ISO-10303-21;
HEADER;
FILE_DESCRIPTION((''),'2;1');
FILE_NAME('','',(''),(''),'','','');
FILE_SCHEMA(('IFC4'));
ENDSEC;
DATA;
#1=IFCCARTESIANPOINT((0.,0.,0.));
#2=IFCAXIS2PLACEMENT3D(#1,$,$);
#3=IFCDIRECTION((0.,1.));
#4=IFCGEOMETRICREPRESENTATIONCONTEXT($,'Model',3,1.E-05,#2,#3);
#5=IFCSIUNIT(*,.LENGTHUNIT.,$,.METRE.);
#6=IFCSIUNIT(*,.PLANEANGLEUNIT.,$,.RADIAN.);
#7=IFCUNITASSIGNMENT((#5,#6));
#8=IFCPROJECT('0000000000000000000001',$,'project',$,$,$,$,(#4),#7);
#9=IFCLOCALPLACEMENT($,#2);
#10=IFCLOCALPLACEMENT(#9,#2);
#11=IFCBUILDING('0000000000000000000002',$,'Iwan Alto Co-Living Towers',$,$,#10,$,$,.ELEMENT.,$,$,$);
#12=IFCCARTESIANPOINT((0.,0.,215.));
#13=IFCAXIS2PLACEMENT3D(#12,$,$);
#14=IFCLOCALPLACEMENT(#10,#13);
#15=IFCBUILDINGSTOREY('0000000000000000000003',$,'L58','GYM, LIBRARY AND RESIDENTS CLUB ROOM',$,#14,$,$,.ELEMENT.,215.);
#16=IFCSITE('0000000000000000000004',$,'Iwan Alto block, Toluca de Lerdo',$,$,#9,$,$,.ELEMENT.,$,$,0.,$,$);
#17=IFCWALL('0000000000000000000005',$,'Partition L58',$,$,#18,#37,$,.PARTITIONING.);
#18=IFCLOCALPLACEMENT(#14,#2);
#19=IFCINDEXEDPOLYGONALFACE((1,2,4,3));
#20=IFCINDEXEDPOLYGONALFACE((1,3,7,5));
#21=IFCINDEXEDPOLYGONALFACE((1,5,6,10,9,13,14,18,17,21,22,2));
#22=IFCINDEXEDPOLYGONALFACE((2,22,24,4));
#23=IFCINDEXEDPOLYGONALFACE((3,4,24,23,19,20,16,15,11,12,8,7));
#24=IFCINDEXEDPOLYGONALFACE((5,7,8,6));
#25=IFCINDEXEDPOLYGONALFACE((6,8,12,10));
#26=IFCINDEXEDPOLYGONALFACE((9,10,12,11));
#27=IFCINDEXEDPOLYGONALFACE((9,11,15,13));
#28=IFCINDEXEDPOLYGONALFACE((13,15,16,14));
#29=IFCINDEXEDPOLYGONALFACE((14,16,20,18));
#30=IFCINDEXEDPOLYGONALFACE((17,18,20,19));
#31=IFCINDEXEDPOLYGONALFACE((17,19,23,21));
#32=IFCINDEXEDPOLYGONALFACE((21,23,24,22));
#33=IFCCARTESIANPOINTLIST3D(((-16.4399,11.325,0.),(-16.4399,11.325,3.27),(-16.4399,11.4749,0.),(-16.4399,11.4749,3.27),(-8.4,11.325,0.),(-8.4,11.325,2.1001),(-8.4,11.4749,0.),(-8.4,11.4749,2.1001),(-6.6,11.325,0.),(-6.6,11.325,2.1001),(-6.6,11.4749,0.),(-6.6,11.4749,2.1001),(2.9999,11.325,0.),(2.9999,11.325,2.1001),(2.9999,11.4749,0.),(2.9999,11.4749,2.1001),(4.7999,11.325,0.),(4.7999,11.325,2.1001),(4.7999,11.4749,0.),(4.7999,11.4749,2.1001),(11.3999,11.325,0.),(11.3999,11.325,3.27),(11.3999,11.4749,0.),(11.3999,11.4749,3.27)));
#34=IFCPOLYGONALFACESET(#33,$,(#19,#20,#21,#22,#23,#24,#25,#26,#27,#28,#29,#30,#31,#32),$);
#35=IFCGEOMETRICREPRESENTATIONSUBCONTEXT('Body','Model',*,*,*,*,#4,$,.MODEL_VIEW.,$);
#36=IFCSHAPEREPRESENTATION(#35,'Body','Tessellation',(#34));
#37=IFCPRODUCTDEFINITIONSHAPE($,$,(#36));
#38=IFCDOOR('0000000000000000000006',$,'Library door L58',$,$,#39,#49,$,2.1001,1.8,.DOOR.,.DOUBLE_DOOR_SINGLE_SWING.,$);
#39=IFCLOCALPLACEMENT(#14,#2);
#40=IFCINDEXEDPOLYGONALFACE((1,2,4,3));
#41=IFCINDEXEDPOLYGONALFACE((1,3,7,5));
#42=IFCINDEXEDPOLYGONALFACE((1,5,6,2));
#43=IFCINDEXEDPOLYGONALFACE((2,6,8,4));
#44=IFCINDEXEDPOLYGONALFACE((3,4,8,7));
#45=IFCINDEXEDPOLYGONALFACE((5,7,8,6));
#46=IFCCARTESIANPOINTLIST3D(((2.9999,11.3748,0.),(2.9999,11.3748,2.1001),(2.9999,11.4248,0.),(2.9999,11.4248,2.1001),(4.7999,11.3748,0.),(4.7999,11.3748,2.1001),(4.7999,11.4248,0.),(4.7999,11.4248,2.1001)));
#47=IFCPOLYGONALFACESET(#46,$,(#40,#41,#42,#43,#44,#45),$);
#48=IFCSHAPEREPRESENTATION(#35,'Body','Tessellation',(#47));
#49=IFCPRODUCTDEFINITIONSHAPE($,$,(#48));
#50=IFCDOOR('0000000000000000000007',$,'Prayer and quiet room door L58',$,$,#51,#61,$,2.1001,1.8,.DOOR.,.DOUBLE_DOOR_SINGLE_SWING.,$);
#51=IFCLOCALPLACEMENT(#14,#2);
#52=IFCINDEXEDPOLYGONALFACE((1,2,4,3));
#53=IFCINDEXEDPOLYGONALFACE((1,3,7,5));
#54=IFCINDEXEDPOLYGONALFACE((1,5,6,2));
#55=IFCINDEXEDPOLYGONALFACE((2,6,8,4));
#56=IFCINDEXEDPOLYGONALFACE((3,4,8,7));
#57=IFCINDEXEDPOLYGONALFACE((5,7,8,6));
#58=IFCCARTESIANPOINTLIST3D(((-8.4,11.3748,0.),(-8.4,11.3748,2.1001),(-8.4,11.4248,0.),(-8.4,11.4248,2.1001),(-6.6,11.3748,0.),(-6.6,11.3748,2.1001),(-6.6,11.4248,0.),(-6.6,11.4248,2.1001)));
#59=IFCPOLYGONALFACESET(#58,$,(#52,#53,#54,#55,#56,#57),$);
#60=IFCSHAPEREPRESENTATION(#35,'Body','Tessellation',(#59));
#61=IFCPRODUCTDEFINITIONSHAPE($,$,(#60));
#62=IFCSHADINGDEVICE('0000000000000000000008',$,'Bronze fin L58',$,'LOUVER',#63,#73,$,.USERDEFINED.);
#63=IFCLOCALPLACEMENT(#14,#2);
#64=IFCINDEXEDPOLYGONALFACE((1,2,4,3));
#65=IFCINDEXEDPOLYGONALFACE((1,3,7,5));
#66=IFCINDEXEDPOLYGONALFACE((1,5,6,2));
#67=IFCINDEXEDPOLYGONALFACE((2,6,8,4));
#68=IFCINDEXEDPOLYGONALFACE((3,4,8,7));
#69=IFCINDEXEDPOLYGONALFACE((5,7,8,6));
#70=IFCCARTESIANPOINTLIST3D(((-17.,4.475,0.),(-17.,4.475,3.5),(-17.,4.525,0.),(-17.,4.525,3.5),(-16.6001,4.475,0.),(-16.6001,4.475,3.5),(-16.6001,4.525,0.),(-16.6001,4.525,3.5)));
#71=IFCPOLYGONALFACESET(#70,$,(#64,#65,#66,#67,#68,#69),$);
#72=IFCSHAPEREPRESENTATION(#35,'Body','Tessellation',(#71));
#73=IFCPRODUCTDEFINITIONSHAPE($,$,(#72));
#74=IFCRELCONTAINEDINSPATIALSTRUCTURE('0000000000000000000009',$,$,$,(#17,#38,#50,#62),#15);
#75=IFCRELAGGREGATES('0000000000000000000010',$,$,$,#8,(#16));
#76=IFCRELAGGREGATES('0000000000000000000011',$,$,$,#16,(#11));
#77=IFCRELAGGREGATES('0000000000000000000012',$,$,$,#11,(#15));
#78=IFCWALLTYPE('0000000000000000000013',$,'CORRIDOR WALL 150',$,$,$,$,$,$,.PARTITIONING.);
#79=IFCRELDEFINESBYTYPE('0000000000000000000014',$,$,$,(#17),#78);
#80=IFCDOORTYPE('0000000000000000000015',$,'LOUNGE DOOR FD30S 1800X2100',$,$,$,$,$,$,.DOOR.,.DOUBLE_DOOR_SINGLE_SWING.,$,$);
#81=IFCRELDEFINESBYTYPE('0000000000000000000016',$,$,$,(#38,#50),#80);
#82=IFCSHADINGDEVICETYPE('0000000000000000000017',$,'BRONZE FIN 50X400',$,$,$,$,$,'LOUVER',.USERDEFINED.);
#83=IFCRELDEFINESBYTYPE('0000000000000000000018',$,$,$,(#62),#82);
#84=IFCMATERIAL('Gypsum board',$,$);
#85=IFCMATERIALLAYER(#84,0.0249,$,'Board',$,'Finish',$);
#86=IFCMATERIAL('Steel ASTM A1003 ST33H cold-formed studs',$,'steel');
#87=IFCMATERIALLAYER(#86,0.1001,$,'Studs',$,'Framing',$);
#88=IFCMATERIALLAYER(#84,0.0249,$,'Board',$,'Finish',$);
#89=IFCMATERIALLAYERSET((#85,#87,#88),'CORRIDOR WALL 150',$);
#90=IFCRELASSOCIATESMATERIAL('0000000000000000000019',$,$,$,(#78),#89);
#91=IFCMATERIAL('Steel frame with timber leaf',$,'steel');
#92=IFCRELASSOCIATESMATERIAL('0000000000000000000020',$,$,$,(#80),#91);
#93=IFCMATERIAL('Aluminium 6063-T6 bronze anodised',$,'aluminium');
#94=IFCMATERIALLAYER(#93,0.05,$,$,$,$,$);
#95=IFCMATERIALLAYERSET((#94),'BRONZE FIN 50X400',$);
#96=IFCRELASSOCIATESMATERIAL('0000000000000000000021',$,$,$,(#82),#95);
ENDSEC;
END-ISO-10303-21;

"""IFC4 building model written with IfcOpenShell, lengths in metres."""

from ifc_helpers import new_model, si_unit, direction, frame, frame_2d, origin, origin_2d, place, context, subcontext, project, spatial, rectangle, extrude, material, layer, layer_set, type_object, element, fill, save


model = new_model("IFC4")

# Units and contexts
model_context = context("Model", 3, precision=1e-05, world=origin(), true_north=direction((0.0, 1.0)))
body_context = subcontext(model_context, "Body", "Model", "MODEL_VIEW")
ifc_project = project(units=[si_unit("LENGTHUNIT", "METRE"), si_unit("PLANEANGLEUNIT", "RADIAN")], contexts=[model_context])

# Site, building, storey
site_placement = place(None, origin())
site = spatial("IfcSite", under=ifc_project, at=site_placement, Name="Iwan Alto block, Toluca de Lerdo", CompositionType="ELEMENT", RefElevation=0.0)
building_placement = place(site_placement, origin())
building = spatial("IfcBuilding", under=site, at=building_placement, Name="Iwan Alto Co-Living Towers", CompositionType="ELEMENT")
storey_placement = place(building_placement, frame((0.0, 0.0, 215.0)))
storey = spatial("IfcBuildingStorey", under=building, at=storey_placement, Name="L58", Description="GYM, LIBRARY AND RESIDENTS CLUB ROOM", CompositionType="ELEMENT", Elevation=215.0)

# Wall, openings, doors
ifc_material_1 = material(Name="Gypsum board")
ifc_layer_1 = layer(ifc_material_1, 0.0249, Name="Board", Category="Finish")
ifc_material_2 = material(Name="Steel ASTM A1003 ST33H cold-formed studs", Category="steel")
ifc_layer_2 = layer(ifc_material_2, 0.1001, Name="Studs", Category="Framing")
ifc_layer_3 = layer(ifc_material_1, 0.0249, Name="Board", Category="Finish")
ifc_layer_set_1 = layer_set([ifc_layer_1, ifc_layer_2, ifc_layer_3], Name="CORRIDOR WALL 150")
wall_type = type_object("IfcWallType", Name="CORRIDOR WALL 150", PredefinedType="PARTITIONING", material=ifc_layer_set_1)
wall_placement = place(storey_placement, frame((-16.4399, 11.3999, 0.0), z_axis=(0.0, 0.0, 1.0), x_axis=(1.0, 0.0, 0.0)))
wall = element("IfcWall", 1, at=wall_placement, inside=storey, type_object=wall_type, Name="Partition L58", PredefinedType="PARTITIONING", context=body_context, shape_type="SweptSolid", body=[
    extrude(rectangle(XDim=27.8398, YDim=0.1499, at=frame_2d((13.9199, 0.0))), origin(), (0.0, 0.0, 1.0), 3.27),
])
opening_1_placement = place(wall_placement, frame((19.4399, 0.0, 0.0)))
opening_1 = element("IfcOpeningElement", 2, at=opening_1_placement, cuts=wall, PredefinedType="OPENING", context=body_context, shape_type="SweptSolid", body=[
    extrude(rectangle(XDim=1.8, YDim=2.1001, at=frame_2d((0.8999, 1.05))), frame((0.0, 0.085, 0.0), z_axis=(0.0, -1.0, 0.0), x_axis=(1.0, 0.0, 0.0)), (0.0, 0.0, 1.0), 0.1699),
])
opening_2_placement = place(wall_placement, frame((8.04, 0.0, 0.0)))
opening_2 = element("IfcOpeningElement", 3, at=opening_2_placement, cuts=wall, PredefinedType="OPENING", context=body_context, shape_type="SweptSolid", body=[
    extrude(rectangle(XDim=1.8, YDim=2.1001, at=frame_2d((0.8999, 1.05))), frame((0.0, 0.085, 0.0), z_axis=(0.0, -1.0, 0.0), x_axis=(1.0, 0.0, 0.0)), (0.0, 0.0, 1.0), 0.1699),
])
ifc_material_3 = material(Name="Steel frame with timber leaf", Category="steel")
door_type = type_object("IfcDoorType", Name="LOUNGE DOOR FD30S 1800X2100", OperationType="DOUBLE_DOOR_SINGLE_SWING", PredefinedType="DOOR", material=ifc_material_3)
door_1_placement = place(opening_1_placement, origin())
door_1 = element("IfcDoor", 4, at=door_1_placement, inside=storey, type_object=door_type, Name="Library door L58", OperationType="DOUBLE_DOOR_SINGLE_SWING", OverallHeight=2.1001, OverallWidth=1.8, PredefinedType="DOOR", context=body_context, shape_type="SweptSolid", body=[
    extrude(rectangle(XDim=1.8, YDim=2.1001, at=frame_2d((0.8999, 1.05))), frame((0.0, 0.0249, 0.0), z_axis=(0.0, -1.0, 0.0), x_axis=(1.0, 0.0, 0.0)), (0.0, 0.0, 1.0), 0.05),
])
fill(opening_1, door_1)
door_2_placement = place(opening_2_placement, origin())
door_2 = element("IfcDoor", 5, at=door_2_placement, inside=storey, type_object=door_type, Name="Prayer and quiet room door L58", OperationType="DOUBLE_DOOR_SINGLE_SWING", OverallHeight=2.1001, OverallWidth=1.8, PredefinedType="DOOR", context=body_context, shape_type="SweptSolid", body=[
    extrude(rectangle(XDim=1.8, YDim=2.1001, at=frame_2d((0.8999, 1.05))), frame((0.0, 0.0249, 0.0), z_axis=(0.0, -1.0, 0.0), x_axis=(1.0, 0.0, 0.0)), (0.0, 0.0, 1.0), 0.05),
])
fill(opening_2, door_2)

# Shading device
ifc_material_4 = material(Name="Aluminium 6063-T6 bronze anodised", Category="aluminium")
ifc_layer_4 = layer(ifc_material_4, 0.05)
ifc_layer_set_2 = layer_set([ifc_layer_4], Name="BRONZE FIN 50X400")
shading_device_type = type_object("IfcShadingDeviceType", Name="BRONZE FIN 50X400", ElementType="LOUVER", PredefinedType="USERDEFINED", material=ifc_layer_set_2)
shading_device_placement = place(storey_placement, frame((-16.8, 4.5, 0.0), z_axis=(0.0, 0.0, 1.0), x_axis=(0.0, -1.0, 0.0)))
element("IfcShadingDevice", 6, at=shading_device_placement, inside=storey, type_object=shading_device_type, Name="Bronze fin L58", ObjectType="LOUVER", PredefinedType="USERDEFINED", context=body_context, shape_type="SweptSolid", body=[
    extrude(rectangle(XDim=0.05, YDim=0.3999, at=origin_2d()), origin(), (0.0, 0.0, 1.0), 3.5),
])

save(model, "model.ifc")
